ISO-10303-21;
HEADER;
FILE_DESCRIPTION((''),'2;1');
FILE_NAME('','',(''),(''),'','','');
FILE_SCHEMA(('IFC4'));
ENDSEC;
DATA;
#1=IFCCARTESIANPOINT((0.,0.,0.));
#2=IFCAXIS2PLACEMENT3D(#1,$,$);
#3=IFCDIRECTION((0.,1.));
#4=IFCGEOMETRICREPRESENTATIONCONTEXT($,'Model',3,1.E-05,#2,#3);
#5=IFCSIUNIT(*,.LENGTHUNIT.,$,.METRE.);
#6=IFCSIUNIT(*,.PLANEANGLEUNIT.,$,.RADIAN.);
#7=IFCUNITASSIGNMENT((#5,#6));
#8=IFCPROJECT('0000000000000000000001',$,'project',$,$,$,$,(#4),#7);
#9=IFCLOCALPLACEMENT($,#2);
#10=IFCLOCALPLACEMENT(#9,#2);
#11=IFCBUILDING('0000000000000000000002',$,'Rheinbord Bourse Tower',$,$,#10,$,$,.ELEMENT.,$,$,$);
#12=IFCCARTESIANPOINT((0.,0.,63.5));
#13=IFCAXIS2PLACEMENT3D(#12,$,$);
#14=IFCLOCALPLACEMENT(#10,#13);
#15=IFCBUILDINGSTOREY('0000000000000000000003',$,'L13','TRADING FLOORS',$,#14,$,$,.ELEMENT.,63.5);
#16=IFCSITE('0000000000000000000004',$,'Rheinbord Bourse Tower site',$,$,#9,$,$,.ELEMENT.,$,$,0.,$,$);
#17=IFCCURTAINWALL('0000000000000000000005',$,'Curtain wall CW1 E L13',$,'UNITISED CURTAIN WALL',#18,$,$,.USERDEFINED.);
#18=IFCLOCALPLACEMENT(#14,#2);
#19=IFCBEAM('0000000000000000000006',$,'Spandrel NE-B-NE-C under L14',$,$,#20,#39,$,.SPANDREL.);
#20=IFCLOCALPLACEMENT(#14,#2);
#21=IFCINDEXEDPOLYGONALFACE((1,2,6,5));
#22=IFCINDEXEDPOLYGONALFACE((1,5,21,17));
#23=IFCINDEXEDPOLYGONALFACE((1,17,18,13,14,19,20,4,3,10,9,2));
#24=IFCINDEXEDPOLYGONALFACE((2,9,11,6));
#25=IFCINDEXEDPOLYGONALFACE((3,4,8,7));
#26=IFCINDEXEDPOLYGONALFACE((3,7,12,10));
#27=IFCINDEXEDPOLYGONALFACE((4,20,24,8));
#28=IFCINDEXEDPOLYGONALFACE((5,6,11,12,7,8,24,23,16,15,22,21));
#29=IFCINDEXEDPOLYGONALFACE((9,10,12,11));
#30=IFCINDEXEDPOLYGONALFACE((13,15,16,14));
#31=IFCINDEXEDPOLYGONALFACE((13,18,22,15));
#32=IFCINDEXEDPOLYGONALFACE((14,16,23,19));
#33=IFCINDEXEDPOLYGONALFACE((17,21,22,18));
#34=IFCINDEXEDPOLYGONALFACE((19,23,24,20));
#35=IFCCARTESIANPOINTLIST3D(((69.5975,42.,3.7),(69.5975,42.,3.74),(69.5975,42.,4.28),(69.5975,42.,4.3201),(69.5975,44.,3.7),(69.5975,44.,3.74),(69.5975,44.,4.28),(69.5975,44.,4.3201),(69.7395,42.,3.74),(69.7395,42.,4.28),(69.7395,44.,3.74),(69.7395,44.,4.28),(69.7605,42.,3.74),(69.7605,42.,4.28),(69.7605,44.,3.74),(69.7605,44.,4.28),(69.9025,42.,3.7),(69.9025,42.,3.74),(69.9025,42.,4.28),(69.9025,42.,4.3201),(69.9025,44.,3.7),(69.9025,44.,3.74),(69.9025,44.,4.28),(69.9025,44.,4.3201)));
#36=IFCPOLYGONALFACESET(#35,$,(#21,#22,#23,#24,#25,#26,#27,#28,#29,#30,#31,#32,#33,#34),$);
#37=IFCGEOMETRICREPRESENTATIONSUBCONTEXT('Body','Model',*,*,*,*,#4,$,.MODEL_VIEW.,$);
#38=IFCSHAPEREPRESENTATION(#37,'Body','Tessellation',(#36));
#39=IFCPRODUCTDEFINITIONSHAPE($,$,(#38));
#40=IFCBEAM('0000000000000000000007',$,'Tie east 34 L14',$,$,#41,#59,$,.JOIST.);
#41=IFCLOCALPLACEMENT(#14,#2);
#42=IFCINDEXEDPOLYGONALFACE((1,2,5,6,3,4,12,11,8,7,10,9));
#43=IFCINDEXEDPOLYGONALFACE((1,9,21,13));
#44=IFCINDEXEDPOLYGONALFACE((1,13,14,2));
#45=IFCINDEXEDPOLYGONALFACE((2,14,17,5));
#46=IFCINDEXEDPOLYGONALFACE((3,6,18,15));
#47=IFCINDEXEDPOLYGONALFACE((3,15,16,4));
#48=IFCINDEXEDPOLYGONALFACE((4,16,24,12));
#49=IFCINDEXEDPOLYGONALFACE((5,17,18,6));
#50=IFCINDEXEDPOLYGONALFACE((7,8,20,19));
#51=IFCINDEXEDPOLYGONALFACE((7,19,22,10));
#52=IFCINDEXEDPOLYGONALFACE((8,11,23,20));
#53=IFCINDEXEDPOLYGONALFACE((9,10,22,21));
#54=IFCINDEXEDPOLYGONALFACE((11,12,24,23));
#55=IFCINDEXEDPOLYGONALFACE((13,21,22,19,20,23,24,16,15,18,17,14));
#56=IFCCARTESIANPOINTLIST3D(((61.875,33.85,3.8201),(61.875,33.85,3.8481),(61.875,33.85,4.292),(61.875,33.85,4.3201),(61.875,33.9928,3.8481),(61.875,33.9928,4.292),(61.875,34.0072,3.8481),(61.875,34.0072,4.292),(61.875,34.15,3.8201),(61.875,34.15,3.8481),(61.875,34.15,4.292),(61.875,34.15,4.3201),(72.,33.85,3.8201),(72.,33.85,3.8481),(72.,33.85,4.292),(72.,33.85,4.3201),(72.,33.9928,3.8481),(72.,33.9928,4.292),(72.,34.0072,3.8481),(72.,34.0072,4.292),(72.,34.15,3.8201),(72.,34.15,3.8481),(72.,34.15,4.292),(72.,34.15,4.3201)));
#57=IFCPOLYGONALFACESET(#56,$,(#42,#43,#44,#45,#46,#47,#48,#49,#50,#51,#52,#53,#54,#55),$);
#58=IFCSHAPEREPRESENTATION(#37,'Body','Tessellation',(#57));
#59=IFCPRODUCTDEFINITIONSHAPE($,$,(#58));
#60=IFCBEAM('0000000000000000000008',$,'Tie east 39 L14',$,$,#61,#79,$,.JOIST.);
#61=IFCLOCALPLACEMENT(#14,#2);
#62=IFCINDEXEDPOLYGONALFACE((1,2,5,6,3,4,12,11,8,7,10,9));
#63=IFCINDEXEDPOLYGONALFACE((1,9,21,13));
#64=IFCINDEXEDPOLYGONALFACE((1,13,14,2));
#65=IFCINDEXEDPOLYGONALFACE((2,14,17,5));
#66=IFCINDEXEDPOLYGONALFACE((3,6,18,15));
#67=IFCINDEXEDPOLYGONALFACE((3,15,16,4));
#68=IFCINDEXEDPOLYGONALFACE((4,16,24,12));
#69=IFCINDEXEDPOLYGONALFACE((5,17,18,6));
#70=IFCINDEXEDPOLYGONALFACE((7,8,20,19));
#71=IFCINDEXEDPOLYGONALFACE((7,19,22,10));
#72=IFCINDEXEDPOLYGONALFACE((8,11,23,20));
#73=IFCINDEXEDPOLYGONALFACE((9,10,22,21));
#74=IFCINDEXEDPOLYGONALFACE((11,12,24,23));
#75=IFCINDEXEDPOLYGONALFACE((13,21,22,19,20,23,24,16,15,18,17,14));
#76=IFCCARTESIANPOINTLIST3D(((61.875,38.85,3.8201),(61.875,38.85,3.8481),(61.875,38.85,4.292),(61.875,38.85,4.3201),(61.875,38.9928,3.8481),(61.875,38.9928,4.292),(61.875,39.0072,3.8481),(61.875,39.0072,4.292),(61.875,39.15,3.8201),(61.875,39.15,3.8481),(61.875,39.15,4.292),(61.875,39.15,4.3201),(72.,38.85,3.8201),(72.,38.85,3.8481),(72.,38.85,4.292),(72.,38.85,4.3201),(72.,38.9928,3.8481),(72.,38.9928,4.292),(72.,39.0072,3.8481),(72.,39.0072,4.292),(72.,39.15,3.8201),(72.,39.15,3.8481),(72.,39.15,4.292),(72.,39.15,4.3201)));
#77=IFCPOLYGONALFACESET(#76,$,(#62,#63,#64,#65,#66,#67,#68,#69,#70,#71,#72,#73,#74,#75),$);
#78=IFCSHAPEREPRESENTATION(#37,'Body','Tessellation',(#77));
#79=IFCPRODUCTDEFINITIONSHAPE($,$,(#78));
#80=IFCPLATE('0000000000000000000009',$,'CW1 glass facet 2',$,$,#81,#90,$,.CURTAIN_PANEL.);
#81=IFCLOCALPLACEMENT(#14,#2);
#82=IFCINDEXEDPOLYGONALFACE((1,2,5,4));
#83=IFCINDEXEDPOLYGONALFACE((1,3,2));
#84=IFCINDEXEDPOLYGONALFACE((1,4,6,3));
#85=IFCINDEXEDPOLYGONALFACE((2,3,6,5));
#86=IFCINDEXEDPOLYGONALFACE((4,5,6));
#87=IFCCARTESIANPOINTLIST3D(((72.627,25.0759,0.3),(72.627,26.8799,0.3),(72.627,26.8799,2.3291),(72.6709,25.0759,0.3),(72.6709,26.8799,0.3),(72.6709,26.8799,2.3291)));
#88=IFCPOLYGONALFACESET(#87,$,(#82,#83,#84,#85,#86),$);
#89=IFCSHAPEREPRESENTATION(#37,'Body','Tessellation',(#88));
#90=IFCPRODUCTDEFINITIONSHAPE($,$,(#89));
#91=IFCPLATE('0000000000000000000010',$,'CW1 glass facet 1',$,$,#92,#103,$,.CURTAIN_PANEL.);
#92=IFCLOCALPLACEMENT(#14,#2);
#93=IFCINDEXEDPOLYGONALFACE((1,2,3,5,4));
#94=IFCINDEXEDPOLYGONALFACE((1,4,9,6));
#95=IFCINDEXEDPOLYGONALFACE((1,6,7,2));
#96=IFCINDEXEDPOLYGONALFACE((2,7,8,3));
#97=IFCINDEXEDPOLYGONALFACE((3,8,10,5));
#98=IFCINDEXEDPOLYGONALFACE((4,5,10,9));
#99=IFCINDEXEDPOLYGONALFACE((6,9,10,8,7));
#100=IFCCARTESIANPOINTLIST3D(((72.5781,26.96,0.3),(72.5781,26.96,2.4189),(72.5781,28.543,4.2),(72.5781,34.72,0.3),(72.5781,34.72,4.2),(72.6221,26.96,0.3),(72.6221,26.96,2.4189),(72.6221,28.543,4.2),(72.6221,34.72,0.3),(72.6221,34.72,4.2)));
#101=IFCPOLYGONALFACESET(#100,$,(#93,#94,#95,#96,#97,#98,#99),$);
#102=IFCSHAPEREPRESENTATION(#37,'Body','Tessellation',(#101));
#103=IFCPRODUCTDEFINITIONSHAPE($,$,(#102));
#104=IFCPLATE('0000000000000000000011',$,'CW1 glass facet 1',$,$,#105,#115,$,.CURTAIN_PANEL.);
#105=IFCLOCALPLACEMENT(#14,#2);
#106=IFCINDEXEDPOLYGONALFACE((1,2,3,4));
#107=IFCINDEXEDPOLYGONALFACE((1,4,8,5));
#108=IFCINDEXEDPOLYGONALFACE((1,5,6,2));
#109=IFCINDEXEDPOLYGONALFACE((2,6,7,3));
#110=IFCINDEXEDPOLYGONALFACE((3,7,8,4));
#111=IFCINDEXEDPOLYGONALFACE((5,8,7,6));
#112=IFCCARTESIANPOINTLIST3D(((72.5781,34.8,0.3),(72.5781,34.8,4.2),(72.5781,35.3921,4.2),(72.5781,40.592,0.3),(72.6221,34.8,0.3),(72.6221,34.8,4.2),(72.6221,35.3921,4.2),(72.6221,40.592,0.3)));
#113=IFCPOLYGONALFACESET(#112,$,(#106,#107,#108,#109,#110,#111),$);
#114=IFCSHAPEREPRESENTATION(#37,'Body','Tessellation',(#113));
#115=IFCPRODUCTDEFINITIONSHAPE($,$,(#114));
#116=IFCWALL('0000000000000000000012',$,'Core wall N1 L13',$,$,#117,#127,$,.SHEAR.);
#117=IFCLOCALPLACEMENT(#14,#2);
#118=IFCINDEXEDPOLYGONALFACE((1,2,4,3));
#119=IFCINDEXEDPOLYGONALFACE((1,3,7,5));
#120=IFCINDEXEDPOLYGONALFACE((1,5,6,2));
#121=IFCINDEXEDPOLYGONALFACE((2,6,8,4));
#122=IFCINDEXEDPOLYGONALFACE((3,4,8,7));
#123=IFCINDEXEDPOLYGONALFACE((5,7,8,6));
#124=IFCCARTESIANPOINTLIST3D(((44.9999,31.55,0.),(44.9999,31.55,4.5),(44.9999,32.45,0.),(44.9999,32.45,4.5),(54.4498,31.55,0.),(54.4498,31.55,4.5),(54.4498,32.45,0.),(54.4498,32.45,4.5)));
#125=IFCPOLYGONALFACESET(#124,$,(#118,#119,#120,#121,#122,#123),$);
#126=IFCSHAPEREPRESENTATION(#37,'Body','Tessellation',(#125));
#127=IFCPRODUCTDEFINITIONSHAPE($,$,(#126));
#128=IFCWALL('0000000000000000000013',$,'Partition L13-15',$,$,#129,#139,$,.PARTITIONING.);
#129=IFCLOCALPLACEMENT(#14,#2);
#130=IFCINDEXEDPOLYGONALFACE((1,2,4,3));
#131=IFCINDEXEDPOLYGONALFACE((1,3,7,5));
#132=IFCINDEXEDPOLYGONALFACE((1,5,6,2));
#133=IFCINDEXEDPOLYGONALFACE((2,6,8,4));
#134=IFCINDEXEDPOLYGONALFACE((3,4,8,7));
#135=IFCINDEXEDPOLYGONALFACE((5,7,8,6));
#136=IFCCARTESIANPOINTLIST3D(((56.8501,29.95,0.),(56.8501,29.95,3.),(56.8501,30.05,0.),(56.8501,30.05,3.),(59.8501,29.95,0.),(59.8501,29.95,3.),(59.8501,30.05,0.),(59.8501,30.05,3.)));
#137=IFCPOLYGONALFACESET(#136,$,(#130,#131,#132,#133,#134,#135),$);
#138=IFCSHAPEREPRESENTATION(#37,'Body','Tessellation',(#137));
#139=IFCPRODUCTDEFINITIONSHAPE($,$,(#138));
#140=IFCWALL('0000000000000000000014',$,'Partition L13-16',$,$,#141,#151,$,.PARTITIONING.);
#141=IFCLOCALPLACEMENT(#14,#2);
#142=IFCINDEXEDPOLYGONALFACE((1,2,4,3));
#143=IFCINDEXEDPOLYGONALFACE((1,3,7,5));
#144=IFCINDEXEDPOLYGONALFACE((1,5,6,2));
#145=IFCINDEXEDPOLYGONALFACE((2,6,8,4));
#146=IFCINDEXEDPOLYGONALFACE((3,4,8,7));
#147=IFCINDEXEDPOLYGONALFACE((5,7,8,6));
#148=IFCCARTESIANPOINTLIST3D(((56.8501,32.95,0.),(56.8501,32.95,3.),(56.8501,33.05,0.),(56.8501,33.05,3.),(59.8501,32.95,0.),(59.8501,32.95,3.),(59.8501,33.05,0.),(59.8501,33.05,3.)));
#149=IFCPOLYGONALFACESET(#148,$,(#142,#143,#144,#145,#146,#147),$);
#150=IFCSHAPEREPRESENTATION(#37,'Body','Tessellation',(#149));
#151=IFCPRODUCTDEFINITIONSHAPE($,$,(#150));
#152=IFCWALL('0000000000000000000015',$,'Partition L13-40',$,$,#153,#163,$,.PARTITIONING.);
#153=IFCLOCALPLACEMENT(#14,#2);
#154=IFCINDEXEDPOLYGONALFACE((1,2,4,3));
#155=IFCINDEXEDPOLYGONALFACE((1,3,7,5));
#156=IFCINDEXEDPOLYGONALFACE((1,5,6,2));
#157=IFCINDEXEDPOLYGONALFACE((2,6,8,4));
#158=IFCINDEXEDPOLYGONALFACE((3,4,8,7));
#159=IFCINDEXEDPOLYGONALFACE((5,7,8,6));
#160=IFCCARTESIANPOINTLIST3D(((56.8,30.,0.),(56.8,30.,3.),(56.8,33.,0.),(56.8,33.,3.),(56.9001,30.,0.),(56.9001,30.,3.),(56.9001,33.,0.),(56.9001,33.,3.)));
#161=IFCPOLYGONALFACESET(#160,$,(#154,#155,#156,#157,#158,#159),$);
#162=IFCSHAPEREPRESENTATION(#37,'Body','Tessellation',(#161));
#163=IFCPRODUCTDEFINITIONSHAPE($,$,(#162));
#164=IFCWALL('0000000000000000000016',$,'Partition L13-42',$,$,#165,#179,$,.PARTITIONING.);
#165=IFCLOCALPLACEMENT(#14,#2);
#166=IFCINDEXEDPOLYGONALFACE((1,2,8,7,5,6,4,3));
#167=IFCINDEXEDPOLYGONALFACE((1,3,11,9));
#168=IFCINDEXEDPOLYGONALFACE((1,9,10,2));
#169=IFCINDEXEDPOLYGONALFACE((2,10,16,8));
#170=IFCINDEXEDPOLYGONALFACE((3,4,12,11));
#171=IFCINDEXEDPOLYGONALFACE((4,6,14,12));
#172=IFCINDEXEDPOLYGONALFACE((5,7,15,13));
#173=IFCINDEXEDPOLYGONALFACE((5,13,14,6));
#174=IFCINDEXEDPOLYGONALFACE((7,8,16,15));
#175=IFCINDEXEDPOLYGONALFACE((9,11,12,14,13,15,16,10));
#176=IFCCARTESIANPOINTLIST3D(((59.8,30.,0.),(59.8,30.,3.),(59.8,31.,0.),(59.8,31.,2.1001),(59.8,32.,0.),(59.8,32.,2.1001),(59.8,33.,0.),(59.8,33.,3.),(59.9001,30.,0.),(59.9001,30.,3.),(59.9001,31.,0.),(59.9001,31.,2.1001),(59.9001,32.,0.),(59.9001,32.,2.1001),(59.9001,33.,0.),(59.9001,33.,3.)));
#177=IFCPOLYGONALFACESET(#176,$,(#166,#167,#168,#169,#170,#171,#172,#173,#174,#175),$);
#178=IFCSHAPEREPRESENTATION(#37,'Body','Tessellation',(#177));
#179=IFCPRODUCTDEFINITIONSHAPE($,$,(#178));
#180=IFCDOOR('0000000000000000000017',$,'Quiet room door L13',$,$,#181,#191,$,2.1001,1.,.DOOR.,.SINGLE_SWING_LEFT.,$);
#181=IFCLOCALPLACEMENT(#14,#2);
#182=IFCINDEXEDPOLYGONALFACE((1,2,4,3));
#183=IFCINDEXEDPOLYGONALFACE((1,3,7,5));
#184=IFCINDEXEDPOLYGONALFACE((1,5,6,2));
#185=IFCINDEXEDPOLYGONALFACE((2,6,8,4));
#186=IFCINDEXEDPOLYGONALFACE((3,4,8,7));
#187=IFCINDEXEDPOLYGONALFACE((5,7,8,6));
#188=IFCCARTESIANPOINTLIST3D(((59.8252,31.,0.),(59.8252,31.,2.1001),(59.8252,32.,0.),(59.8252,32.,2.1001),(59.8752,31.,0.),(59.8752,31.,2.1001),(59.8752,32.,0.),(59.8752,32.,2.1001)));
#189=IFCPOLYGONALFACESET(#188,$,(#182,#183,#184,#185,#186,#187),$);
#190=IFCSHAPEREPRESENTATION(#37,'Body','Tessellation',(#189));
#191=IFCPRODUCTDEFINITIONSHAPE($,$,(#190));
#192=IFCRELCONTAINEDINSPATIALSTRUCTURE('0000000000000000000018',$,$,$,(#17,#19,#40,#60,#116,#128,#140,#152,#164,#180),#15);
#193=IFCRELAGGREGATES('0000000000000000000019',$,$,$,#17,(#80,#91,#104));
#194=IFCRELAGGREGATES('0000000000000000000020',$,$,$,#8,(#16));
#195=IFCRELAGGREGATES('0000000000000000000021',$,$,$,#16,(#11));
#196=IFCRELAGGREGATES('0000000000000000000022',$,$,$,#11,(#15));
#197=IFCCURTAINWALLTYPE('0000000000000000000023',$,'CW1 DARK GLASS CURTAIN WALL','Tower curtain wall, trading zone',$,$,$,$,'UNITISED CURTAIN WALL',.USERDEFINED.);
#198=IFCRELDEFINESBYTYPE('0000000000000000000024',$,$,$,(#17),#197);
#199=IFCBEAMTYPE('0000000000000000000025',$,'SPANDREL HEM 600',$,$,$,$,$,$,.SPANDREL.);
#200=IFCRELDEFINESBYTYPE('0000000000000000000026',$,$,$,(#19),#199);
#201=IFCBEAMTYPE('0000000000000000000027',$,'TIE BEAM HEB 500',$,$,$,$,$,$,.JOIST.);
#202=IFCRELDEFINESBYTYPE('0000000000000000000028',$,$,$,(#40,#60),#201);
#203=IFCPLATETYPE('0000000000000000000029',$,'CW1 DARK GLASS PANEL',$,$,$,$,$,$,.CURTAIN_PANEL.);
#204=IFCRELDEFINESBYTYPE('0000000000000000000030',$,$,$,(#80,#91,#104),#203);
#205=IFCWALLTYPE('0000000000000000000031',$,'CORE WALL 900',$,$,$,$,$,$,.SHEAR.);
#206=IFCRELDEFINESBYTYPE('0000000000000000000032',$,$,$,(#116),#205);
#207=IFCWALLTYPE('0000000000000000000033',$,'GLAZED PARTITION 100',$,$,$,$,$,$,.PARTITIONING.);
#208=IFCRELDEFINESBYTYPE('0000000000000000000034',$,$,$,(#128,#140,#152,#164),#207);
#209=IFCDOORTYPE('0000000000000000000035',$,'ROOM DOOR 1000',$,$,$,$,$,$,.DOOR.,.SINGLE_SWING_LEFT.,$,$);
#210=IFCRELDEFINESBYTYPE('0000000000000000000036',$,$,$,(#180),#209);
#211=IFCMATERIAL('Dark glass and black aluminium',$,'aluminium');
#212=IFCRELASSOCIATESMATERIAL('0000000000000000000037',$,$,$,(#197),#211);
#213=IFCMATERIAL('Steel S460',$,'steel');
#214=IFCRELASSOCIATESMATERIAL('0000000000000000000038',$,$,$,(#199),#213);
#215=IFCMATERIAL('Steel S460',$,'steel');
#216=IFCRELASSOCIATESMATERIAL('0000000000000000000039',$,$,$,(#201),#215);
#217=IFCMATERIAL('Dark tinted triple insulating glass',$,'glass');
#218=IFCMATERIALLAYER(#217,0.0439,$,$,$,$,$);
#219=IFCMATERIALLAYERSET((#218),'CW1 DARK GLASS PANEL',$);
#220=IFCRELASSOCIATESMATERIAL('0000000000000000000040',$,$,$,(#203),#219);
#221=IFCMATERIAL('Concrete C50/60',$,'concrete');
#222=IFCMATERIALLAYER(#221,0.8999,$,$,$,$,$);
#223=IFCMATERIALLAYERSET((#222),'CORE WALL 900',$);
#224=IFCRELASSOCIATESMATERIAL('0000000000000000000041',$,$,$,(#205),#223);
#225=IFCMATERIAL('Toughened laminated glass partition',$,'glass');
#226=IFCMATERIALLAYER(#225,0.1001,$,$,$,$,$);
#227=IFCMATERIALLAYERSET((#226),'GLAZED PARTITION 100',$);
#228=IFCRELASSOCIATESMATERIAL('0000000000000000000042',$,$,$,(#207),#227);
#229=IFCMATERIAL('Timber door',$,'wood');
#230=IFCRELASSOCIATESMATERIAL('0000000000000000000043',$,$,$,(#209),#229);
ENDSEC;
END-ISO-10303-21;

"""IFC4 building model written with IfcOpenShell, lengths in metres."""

from ifc_helpers import new_model, si_unit, direction, frame, frame_2d, origin, origin_2d, place, context, subcontext, project, spatial, polyline, rectangle, i_section, outline, extrude, material, layer, layer_set, material_profile, profile_set, type_object, element, fill, aggregate, save


model = new_model("IFC4")

# Units and contexts
model_context = context("Model", 3, precision=1e-05, world=origin(), true_north=direction((0.0, 1.0)))
body_context = subcontext(model_context, "Body", "Model", "MODEL_VIEW")
ifc_project = project(units=[si_unit("LENGTHUNIT", "METRE"), si_unit("PLANEANGLEUNIT", "RADIAN")], contexts=[model_context])

# Site, building, storey
site_placement = place(None, origin())
site = spatial("IfcSite", under=ifc_project, at=site_placement, Name="Rheinbord Bourse Tower site", CompositionType="ELEMENT", RefElevation=0.0)
building_placement = place(site_placement, origin())
building = spatial("IfcBuilding", under=site, at=building_placement, Name="Rheinbord Bourse Tower", CompositionType="ELEMENT")
storey_placement = place(building_placement, frame((0.0, 0.0, 63.5)))
storey = spatial("IfcBuildingStorey", under=building, at=storey_placement, Name="L13", Description="TRADING FLOORS", CompositionType="ELEMENT", Elevation=63.5)

# Curtain wall
ifc_material_1 = material(Name="Dark glass and black aluminium", Category="aluminium")
curtain_wall_type = type_object("IfcCurtainWallType", Name="CW1 DARK GLASS CURTAIN WALL", Description="Tower curtain wall, trading zone", ElementType="UNITISED CURTAIN WALL", PredefinedType="USERDEFINED", material=ifc_material_1)
curtain_wall_placement = place(storey_placement, origin())
curtain_wall = element("IfcCurtainWall", 1, at=curtain_wall_placement, inside=storey, type_object=curtain_wall_type, Name="Curtain wall CW1 E L13", ObjectType="UNITISED CURTAIN WALL", PredefinedType="USERDEFINED")

# Beams
ifc_material_2 = material(Name="Steel S460", Category="steel")
ifc_material_profile_1 = material_profile(ifc_material_2, i_section(OverallWidth=0.3049, OverallDepth=0.6201, WebThickness=0.021, FlangeThickness=0.04, at=origin_2d()), Name="HEM 600")
ifc_profile_set_1 = profile_set([ifc_material_profile_1], Name="Steel S460")
beam_type_1 = type_object("IfcBeamType", Name="SPANDREL HEM 600", PredefinedType="SPANDREL", material=ifc_profile_set_1)
beam_1_placement = place(storey_placement, frame((69.75, 42.0, 4.01), z_axis=(0.0, 1.0, 0.0), x_axis=(-1.0, 0.0, 0.0)))
element("IfcBeam", 2, at=beam_1_placement, inside=storey, type_object=beam_type_1, Name="Spandrel NE-B-NE-C under L14", PredefinedType="SPANDREL", context=body_context, shape_type="SweptSolid", body=[
    extrude(i_section(OverallWidth=0.3049, OverallDepth=0.6201, WebThickness=0.021, FlangeThickness=0.04, at=origin_2d()), origin(), (0.0, 0.0, 1.0), 2.0),
])
ifc_material_3 = material(Name="Steel S460", Category="steel")
ifc_material_profile_2 = material_profile(ifc_material_3, i_section(OverallWidth=0.3, OverallDepth=0.5, WebThickness=0.0144, FlangeThickness=0.0281, at=origin_2d()), Name="HEB 500")
ifc_profile_set_2 = profile_set([ifc_material_profile_2], Name="Steel S460")
beam_type_2 = type_object("IfcBeamType", Name="TIE BEAM HEB 500", PredefinedType="JOIST", material=ifc_profile_set_2)
for number, where, z_axis, x_axis, name in (
    (3, (61.875, 34.0, 4.0701), (1.0, 0.0, 0.0), (0.0, 1.0, 0.0), "Tie east 34 L14"),
    (4, (61.875, 39.0, 4.0701), (1.0, 0.0, 0.0), (0.0, 1.0, 0.0), "Tie east 39 L14"),
):
    element("IfcBeam", number, at=place(storey_placement, frame(where, z_axis=z_axis, x_axis=x_axis)), inside=storey, type_object=beam_type_2, Name=name, PredefinedType="JOIST", context=body_context, shape_type="SweptSolid", body=[
        extrude(i_section(OverallWidth=0.3, OverallDepth=0.5, WebThickness=0.0144, FlangeThickness=0.0281, at=origin_2d()), origin(), (0.0, 0.0, 1.0), 10.125),
    ])

# Plates
ifc_material_4 = material(Name="Dark tinted triple insulating glass", Category="glass")
ifc_layer_1 = layer(ifc_material_4, 0.0439)
ifc_layer_set_1 = layer_set([ifc_layer_1], Name="CW1 DARK GLASS PANEL")
plate_type = type_object("IfcPlateType", Name="CW1 DARK GLASS PANEL", PredefinedType="CURTAIN_PANEL", material=ifc_layer_set_1)
plate_1_placement = place(storey_placement, frame((72.6709, 26.8799, 0.3), z_axis=(-1.0, 0.0, 0.0), x_axis=(0.0, -1.0, 0.0)))
plate_1 = element("IfcPlate", 5, at=plate_1_placement, type_object=plate_type, Name="CW1 glass facet 2", PredefinedType="CURTAIN_PANEL", context=body_context, shape_type="SweptSolid", body=[
    extrude(outline(polyline([(0.0, 0.0), (1.804, 0.0), (0.0, 2.0291), (0.0, 0.0)])), origin(), (0.0, 0.0, 1.0), 0.0439),
])
plate_2_placement = place(storey_placement, frame((72.6221, 34.72, 4.2), z_axis=(-1.0, 0.0, 0.0), x_axis=(0.0, 0.0, -1.0)))
plate_2 = element("IfcPlate", 6, at=plate_2_placement, type_object=plate_type, Name="CW1 glass facet 1", PredefinedType="CURTAIN_PANEL", context=body_context, shape_type="SweptSolid", body=[
    extrude(outline(polyline([(0.0, 0.0), (3.8999, 0.0), (3.8999, 7.76), (1.781, 7.76), (0.0, 6.177), (0.0, 0.0)])), origin(), (0.0, 0.0, 1.0), 0.0439),
])
plate_3_placement = place(storey_placement, frame((72.6221, 34.8, 0.3), z_axis=(-1.0, 0.0, 0.0), x_axis=(0.0, 0.0, 1.0)))
plate_3 = element("IfcPlate", 7, at=plate_3_placement, type_object=plate_type, Name="CW1 glass facet 1", PredefinedType="CURTAIN_PANEL", context=body_context, shape_type="SweptSolid", body=[
    extrude(outline(polyline([(0.0, 0.0), (3.8999, 0.0), (3.8999, 0.592), (0.0, 5.792), (0.0, 0.0)])), origin(), (0.0, 0.0, 1.0), 0.0439),
])
aggregate(curtain_wall, [plate_1, plate_2, plate_3])

# Walls
ifc_material_5 = material(Name="Concrete C50/60", Category="concrete")
ifc_layer_2 = layer(ifc_material_5, 0.8999)
ifc_layer_set_2 = layer_set([ifc_layer_2], Name="CORE WALL 900")
wall_type_1 = type_object("IfcWallType", Name="CORE WALL 900", PredefinedType="SHEAR", material=ifc_layer_set_2)
wall_1_placement = place(storey_placement, frame((54.45, 32.0, 0.0), z_axis=(0.0, 0.0, 1.0), x_axis=(-1.0, 0.0, 0.0)))
element("IfcWall", 8, at=wall_1_placement, inside=storey, type_object=wall_type_1, Name="Core wall N1 L13", PredefinedType="SHEAR", context=body_context, shape_type="SweptSolid", body=[
    extrude(rectangle(XDim=9.45, YDim=0.8999, at=frame_2d((4.7251, 0.0))), origin(), (0.0, 0.0, 1.0), 4.5),
])
ifc_material_6 = material(Name="Toughened laminated glass partition", Category="glass")
ifc_layer_3 = layer(ifc_material_6, 0.1001)
ifc_layer_set_3 = layer_set([ifc_layer_3], Name="GLAZED PARTITION 100")
wall_type_2 = type_object("IfcWallType", Name="GLAZED PARTITION 100", PredefinedType="PARTITIONING", material=ifc_layer_set_3)
for number, where, z_axis, x_axis, name in (
    (9, (56.8501, 30.0, 0.0), (0.0, 0.0, 1.0), (1.0, 0.0, 0.0), "Partition L13-15"),
    (10, (56.8501, 33.0, 0.0), (0.0, 0.0, 1.0), (1.0, 0.0, 0.0), "Partition L13-16"),
    (11, (56.8501, 30.0, 0.0), (0.0, 0.0, 1.0), (0.0, 1.0, 0.0), "Partition L13-40"),
):
    element("IfcWall", number, at=place(storey_placement, frame(where, z_axis=z_axis, x_axis=x_axis)), inside=storey, type_object=wall_type_2, Name=name, PredefinedType="PARTITIONING", context=body_context, shape_type="SweptSolid", body=[
        extrude(rectangle(XDim=3.0, YDim=0.1001, at=frame_2d((1.5, 0.0))), origin(), (0.0, 0.0, 1.0), 3.0),
    ])

# Wall, opening, door
wall_2_placement = place(storey_placement, frame((59.8501, 30.0, 0.0), z_axis=(0.0, 0.0, 1.0), x_axis=(0.0, 1.0, 0.0)))
wall_2 = element("IfcWall", 12, at=wall_2_placement, inside=storey, type_object=wall_type_2, Name="Partition L13-42", PredefinedType="PARTITIONING", context=body_context, shape_type="SweptSolid", body=[
    extrude(rectangle(XDim=3.0, YDim=0.1001, at=frame_2d((1.5, 0.0))), origin(), (0.0, 0.0, 1.0), 3.0),
])
opening_placement = place(wall_2_placement, frame((1.0, 0.0, 0.0)))
opening = element("IfcOpeningElement", 13, at=opening_placement, cuts=wall_2, PredefinedType="OPENING", context=body_context, shape_type="SweptSolid", body=[
    extrude(rectangle(XDim=1.0, YDim=2.1001, at=frame_2d((0.5, 1.05))), frame((0.0, 0.0601, 0.0), z_axis=(0.0, -1.0, 0.0), x_axis=(1.0, 0.0, 0.0)), (0.0, 0.0, 1.0), 0.1201),
])
ifc_material_7 = material(Name="Timber door", Category="wood")
door_type = type_object("IfcDoorType", Name="ROOM DOOR 1000", OperationType="SINGLE_SWING_LEFT", PredefinedType="DOOR", material=ifc_material_7)
door_placement = place(opening_placement, origin())
door = element("IfcDoor", 14, at=door_placement, inside=storey, type_object=door_type, Name="Quiet room door L13", OperationType="SINGLE_SWING_LEFT", OverallHeight=2.1001, OverallWidth=1.0, PredefinedType="DOOR", context=body_context, shape_type="SweptSolid", body=[
    extrude(rectangle(XDim=1.0, YDim=2.1001, at=frame_2d((0.5, 1.05))), frame((0.0, 0.0249, 0.0), z_axis=(0.0, -1.0, 0.0), x_axis=(1.0, 0.0, 0.0)), (0.0, 0.0, 1.0), 0.05),
])
fill(opening, door)

save(model, "model.ifc")
